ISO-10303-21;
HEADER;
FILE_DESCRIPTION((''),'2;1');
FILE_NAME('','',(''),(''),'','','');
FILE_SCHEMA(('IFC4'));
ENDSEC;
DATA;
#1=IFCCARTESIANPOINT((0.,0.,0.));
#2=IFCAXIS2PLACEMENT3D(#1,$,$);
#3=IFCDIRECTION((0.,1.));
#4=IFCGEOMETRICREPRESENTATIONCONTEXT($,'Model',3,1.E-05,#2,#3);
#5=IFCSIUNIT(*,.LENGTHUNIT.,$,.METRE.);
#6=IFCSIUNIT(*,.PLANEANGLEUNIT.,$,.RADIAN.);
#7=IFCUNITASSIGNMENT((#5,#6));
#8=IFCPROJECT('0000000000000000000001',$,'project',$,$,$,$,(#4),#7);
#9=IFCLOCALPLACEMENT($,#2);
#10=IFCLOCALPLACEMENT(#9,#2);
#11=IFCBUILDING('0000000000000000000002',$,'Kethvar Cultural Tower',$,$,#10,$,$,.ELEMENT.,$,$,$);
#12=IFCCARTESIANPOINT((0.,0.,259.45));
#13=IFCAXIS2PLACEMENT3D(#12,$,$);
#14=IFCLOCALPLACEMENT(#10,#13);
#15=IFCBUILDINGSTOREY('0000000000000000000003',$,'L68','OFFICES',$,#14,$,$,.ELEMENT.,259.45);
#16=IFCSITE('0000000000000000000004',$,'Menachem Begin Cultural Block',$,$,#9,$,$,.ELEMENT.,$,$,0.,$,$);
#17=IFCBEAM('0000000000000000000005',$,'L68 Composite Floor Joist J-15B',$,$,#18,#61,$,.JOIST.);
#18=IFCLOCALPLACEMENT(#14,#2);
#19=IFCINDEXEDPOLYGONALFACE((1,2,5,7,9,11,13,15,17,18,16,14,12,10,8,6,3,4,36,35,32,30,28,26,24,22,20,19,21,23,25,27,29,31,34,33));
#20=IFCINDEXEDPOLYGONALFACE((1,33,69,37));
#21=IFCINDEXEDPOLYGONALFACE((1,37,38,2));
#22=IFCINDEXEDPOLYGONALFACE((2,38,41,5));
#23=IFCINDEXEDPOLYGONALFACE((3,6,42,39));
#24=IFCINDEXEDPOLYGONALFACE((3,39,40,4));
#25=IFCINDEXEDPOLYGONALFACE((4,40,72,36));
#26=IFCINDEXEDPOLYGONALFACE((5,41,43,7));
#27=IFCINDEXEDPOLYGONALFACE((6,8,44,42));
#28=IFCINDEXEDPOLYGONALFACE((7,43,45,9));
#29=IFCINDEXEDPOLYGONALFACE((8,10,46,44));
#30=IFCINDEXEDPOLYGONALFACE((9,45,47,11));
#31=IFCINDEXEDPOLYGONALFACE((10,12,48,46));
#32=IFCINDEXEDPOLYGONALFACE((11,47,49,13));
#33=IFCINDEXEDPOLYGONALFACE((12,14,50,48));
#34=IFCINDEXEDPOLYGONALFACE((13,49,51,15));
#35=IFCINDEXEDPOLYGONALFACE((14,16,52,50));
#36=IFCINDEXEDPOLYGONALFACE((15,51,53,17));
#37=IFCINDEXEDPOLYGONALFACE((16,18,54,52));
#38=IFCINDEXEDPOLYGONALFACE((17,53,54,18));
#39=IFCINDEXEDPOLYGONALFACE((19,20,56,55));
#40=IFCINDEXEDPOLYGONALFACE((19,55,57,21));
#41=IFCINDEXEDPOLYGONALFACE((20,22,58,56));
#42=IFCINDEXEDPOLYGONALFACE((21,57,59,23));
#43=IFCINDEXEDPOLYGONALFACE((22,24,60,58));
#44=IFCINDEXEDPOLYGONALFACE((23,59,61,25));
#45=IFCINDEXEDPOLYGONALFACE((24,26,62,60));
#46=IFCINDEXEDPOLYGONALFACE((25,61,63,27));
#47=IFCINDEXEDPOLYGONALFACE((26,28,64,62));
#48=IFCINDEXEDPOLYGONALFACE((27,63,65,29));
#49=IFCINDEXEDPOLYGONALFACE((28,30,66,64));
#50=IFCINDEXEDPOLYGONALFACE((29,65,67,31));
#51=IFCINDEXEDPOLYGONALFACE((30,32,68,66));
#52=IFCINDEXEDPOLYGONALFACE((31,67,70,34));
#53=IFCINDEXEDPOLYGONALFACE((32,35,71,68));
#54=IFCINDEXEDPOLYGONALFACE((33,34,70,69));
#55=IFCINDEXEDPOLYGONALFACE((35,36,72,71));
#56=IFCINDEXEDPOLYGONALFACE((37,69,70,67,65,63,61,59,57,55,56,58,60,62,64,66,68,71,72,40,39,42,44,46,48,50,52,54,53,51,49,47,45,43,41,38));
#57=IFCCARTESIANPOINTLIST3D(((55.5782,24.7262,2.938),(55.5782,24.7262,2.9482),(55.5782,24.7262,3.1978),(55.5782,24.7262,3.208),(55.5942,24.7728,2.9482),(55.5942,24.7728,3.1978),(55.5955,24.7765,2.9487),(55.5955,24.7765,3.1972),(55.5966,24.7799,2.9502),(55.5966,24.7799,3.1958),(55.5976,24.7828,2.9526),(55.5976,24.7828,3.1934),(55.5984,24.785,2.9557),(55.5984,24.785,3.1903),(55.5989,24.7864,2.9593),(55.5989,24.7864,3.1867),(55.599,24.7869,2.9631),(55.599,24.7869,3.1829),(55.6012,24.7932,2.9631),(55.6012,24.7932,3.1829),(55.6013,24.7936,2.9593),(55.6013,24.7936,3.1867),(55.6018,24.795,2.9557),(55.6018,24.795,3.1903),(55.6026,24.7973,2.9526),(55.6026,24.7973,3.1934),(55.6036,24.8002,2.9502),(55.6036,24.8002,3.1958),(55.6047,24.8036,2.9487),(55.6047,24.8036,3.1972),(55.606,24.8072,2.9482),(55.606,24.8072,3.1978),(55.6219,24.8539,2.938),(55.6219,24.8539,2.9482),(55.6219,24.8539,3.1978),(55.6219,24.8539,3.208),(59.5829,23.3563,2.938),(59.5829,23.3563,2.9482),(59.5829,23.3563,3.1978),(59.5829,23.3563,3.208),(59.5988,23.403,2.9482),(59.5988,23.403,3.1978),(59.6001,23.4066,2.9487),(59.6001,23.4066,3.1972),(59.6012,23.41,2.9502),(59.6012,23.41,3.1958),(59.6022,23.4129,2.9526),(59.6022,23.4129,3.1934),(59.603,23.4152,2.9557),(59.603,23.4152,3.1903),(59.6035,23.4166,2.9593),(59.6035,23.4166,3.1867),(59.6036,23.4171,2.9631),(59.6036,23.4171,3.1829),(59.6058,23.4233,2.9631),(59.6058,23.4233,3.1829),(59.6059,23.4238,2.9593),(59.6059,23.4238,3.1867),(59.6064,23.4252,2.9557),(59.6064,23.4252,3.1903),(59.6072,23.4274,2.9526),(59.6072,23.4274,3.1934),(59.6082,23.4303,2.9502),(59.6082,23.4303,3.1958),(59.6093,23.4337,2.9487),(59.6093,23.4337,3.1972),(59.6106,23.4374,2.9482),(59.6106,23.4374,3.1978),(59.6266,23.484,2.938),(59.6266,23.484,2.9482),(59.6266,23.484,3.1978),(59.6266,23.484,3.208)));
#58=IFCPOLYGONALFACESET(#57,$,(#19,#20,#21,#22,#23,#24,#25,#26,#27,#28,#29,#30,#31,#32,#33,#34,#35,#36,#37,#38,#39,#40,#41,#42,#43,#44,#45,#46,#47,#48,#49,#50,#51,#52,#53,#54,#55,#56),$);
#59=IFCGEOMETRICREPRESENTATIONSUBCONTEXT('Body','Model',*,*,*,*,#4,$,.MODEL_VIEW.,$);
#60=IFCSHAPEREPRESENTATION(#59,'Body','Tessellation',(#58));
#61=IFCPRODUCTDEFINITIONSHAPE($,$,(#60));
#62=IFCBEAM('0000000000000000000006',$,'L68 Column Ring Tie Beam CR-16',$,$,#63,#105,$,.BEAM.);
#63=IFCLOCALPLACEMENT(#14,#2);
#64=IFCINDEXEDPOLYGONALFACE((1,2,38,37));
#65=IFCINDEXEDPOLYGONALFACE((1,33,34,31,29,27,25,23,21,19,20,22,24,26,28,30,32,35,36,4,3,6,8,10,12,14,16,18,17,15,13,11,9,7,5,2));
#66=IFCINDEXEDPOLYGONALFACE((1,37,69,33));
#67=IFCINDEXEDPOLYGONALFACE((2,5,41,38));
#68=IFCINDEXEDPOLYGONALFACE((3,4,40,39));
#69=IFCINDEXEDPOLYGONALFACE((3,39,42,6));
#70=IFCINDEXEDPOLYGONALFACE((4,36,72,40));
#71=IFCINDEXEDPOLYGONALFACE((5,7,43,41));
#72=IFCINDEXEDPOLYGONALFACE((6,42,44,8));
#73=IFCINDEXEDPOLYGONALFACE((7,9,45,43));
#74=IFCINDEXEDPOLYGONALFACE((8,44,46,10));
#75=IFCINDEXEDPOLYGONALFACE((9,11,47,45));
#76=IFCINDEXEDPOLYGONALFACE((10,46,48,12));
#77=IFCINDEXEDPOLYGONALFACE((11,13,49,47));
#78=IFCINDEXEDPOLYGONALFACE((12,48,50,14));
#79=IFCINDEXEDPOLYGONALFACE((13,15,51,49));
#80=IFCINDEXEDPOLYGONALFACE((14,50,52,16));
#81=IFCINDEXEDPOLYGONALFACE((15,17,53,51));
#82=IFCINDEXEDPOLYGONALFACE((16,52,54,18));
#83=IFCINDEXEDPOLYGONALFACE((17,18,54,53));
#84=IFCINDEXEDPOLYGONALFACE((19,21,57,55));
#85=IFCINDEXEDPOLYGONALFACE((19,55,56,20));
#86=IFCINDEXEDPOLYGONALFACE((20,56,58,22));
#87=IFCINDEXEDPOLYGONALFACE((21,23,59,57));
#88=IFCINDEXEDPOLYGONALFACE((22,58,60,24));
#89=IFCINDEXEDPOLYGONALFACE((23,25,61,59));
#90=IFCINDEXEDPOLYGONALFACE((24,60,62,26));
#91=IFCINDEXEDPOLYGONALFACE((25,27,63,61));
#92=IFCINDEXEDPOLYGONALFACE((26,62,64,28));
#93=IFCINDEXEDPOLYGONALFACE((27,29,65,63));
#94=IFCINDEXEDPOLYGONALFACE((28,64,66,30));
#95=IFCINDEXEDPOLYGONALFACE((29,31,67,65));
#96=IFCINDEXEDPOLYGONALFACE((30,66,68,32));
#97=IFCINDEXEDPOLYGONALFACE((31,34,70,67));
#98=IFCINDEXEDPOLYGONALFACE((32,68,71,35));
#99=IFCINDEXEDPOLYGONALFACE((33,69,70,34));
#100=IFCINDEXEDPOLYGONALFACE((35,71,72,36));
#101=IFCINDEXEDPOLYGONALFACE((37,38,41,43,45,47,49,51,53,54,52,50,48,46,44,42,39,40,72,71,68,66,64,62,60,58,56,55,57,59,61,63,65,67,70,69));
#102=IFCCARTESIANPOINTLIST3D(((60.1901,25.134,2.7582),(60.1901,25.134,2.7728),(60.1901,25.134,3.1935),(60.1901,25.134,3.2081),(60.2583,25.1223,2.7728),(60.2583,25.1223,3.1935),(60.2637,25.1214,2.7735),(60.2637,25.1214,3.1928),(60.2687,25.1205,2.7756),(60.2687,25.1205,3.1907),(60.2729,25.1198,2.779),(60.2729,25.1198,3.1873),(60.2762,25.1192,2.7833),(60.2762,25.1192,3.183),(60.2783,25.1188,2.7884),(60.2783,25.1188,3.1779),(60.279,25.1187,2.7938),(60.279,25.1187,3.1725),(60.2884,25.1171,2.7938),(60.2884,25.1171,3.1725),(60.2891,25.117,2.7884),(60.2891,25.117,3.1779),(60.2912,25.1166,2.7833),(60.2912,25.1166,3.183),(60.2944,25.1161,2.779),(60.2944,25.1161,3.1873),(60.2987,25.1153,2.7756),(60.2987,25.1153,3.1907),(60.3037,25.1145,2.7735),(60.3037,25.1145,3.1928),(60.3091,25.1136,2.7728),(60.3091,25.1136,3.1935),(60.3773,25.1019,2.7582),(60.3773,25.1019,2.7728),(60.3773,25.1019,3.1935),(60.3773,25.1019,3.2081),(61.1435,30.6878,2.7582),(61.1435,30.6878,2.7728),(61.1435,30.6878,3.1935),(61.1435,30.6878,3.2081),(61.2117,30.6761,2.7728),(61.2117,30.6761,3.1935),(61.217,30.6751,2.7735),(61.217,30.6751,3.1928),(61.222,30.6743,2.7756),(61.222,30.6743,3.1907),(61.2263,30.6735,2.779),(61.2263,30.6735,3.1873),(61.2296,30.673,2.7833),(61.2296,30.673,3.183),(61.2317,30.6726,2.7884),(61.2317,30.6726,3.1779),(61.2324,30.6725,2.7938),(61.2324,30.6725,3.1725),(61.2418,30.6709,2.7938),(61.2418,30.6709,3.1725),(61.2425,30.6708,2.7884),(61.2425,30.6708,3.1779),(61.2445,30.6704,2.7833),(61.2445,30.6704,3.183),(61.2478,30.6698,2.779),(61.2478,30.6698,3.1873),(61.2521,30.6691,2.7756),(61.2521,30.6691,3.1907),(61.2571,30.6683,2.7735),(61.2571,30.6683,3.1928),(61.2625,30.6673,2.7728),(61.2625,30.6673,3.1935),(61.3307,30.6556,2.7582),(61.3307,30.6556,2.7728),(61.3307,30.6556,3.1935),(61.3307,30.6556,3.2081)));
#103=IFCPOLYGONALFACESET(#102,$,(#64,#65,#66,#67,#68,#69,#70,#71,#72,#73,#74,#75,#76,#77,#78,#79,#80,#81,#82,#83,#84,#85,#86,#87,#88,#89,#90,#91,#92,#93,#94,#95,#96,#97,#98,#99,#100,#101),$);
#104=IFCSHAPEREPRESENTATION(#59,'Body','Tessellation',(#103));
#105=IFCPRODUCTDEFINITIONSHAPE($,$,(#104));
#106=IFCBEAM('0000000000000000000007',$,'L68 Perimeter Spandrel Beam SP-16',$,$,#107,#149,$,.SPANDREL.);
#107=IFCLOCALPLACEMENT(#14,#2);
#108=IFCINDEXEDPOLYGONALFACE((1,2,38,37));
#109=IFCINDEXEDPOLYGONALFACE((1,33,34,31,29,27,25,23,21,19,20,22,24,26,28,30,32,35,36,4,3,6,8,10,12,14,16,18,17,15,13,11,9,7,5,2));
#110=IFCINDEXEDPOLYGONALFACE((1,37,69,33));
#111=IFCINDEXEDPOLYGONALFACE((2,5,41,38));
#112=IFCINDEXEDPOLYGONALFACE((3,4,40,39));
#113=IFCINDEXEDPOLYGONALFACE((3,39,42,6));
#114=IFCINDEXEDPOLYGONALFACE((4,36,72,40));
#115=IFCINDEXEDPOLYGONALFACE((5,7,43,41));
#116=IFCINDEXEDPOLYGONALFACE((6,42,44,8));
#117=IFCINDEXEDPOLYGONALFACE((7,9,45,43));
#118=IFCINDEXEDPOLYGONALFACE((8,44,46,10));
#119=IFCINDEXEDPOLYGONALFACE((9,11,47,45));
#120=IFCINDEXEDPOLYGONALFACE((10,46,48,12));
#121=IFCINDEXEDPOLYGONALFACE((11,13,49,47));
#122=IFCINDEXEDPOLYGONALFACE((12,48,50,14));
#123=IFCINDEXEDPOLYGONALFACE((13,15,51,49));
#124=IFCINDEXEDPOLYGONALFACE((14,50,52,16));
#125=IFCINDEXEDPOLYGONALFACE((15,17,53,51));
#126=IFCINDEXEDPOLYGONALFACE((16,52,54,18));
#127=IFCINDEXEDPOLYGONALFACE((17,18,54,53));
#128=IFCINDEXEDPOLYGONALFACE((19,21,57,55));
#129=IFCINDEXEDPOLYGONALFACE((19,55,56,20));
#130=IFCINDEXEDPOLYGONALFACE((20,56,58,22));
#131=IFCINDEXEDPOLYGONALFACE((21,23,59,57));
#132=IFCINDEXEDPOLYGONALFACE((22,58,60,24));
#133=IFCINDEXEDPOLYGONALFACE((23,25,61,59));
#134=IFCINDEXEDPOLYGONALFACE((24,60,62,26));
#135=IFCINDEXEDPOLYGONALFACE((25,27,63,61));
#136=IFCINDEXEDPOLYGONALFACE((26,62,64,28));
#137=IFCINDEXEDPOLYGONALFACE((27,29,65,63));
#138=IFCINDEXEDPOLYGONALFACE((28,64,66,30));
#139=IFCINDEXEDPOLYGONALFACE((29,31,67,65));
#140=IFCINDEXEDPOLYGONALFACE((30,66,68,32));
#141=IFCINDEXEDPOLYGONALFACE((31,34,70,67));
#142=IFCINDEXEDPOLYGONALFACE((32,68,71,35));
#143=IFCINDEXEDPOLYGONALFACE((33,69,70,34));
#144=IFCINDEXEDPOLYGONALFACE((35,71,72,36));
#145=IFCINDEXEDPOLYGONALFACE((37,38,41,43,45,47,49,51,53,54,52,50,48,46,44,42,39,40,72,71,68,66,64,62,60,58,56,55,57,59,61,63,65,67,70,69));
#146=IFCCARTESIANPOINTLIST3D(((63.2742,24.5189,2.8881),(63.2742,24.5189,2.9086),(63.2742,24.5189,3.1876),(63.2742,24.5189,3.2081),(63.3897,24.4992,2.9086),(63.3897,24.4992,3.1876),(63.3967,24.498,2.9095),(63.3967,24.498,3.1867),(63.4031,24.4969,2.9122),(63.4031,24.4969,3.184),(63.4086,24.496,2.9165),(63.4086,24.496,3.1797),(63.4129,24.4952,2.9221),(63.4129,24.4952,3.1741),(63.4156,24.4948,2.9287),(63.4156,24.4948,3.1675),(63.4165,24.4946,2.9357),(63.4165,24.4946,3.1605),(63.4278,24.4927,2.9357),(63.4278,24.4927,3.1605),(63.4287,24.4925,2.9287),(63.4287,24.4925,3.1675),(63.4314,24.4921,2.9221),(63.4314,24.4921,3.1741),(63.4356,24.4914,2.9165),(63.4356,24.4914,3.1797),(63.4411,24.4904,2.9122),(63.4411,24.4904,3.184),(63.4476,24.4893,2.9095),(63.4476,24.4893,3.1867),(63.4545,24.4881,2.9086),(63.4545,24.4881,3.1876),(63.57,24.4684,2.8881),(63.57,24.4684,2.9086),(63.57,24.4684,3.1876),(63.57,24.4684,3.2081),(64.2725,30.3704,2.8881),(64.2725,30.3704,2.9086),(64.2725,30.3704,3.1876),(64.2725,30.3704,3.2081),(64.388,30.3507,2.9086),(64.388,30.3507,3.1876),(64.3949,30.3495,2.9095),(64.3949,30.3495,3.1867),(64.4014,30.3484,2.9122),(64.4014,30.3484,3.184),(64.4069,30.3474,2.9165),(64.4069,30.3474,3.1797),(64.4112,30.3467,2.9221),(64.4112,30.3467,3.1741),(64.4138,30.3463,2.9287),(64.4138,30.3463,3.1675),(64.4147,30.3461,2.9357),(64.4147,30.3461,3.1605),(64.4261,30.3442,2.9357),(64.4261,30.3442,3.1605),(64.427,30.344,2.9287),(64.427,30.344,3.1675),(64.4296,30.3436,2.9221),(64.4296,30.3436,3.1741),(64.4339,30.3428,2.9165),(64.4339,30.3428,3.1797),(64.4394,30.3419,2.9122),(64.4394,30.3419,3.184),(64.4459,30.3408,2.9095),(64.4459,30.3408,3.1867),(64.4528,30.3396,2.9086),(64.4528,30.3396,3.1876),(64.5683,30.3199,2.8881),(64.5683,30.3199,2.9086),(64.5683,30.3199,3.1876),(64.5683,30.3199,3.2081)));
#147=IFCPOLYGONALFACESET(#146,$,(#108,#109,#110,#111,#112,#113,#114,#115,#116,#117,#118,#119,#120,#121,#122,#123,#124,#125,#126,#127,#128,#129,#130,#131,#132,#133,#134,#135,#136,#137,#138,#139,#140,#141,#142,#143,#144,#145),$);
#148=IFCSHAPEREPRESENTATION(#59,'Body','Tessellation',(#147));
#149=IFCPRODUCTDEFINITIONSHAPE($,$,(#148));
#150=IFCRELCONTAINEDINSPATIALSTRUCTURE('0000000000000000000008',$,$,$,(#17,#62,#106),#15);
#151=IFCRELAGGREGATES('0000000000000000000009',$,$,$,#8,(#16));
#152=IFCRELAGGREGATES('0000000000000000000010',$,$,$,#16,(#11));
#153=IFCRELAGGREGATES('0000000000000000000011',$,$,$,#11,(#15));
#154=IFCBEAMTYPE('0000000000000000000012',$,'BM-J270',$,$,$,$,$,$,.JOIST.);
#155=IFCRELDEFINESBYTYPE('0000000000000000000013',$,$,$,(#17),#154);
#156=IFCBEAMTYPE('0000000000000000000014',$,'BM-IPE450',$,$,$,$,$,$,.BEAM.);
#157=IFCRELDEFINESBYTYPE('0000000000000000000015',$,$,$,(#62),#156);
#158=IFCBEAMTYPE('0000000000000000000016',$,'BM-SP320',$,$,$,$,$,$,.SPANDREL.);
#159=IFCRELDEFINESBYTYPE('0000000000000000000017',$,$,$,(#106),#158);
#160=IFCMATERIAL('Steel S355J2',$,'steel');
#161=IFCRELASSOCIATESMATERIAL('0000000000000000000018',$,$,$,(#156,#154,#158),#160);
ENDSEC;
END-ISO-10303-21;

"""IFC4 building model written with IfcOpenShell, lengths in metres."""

from ifc_helpers import new_model, si_unit, direction, frame, origin, origin_2d, place, context, subcontext, project, spatial, i_section, extrude, source, transform, mapped, material, material_profile, profile_set, type_object, element, save


model = new_model("IFC4")

# Units and contexts
model_context = context("Model", 3, precision=1e-05, world=origin(), true_north=direction((0.0, 1.0)))
body_context = subcontext(model_context, "Body", "Model", "MODEL_VIEW")
ifc_project = project(units=[si_unit("LENGTHUNIT", "METRE"), si_unit("PLANEANGLEUNIT", "RADIAN")], contexts=[model_context])

# Site, building, storey
site_placement = place(None, origin())
site = spatial("IfcSite", under=ifc_project, at=site_placement, Name="Menachem Begin Cultural Block", CompositionType="ELEMENT", RefElevation=0.0)
building_placement = place(site_placement, origin())
building = spatial("IfcBuilding", under=site, at=building_placement, Name="Kethvar Cultural Tower", CompositionType="ELEMENT")
storey_placement = place(building_placement, frame((0.0, 0.0, 259.45)))
storey = spatial("IfcBuildingStorey", under=building, at=storey_placement, Name="L68", Description="OFFICES", CompositionType="ELEMENT", Elevation=259.45)

# Beams
ifc_material_1 = material(Name="Steel S355J2", Category="steel")
ifc_material_profile_1 = material_profile(ifc_material_1, i_section(OverallWidth=0.1899, OverallDepth=0.45, WebThickness=0.0095, FlangeThickness=0.0146, FilletRadius=0.021, at=origin_2d()), Name="Steel S355J2 — IPE450")
ifc_profile_set_1 = profile_set([ifc_material_profile_1], Name="Steel S355J2 — IPE450")
beam_type_1 = type_object("IfcBeamType", Name="BM-IPE450", PredefinedType="BEAM", material=ifc_profile_set_1)
ifc_material_profile_2 = material_profile(ifc_material_1, i_section(OverallWidth=0.135, OverallDepth=0.27, WebThickness=0.0066, FlangeThickness=0.0103, FilletRadius=0.0149, at=origin_2d()), Name="Steel S355J2 — IPE270")
ifc_profile_set_2 = profile_set([ifc_material_profile_2], Name="Steel S355J2 — IPE270")
beam_type_2 = type_object("IfcBeamType", Name="BM-J270", PredefinedType="JOIST", material=ifc_profile_set_2)
shared_shape_1 = source(origin(), body_context, "Body", "SweptSolid", [
    extrude(i_section(OverallWidth=0.135, OverallDepth=0.27, WebThickness=0.0066, FlangeThickness=0.0103, FilletRadius=0.0149, at=origin_2d()), origin(), (0.0, 0.0, 1.0), 4.2324),
])
beam_1_placement = place(storey_placement, frame((55.6001, 24.79, 3.073), z_axis=(0.946174, -0.323659, 0.0), x_axis=(0.323659, 0.946174, 0.0)))
element("IfcBeam", 1, at=beam_1_placement, inside=storey, type_object=beam_type_2, Name="L68 Composite Floor Joist J-15B", PredefinedType="JOIST", context=body_context, shape_type="MappedRepresentation", body=[
    mapped(shared_shape_1, transform((0.0, 0.0, 0.0), scale=1.0)),
])
shared_shape_2 = source(origin(), body_context, "Body", "SweptSolid", [
    extrude(i_section(OverallWidth=0.1899, OverallDepth=0.45, WebThickness=0.0095, FlangeThickness=0.0146, FilletRadius=0.021, at=origin_2d()), origin(), (0.0, 0.0, 1.0), 5.635),
])
beam_2_placement = place(storey_placement, frame((60.2837, 25.1179, 2.9832), z_axis=(0.169189, 0.985584, 0.0), x_axis=(-0.985584, 0.169189, 0.0)))
element("IfcBeam", 2, at=beam_2_placement, inside=storey, type_object=beam_type_1, Name="L68 Column Ring Tie Beam CR-16", PredefinedType="BEAM", context=body_context, shape_type="MappedRepresentation", body=[
    mapped(shared_shape_2, transform((0.0, 0.0, 0.0), scale=1.0)),
])
ifc_material_profile_3 = material_profile(ifc_material_1, i_section(OverallWidth=0.3, OverallDepth=0.3201, WebThickness=0.0115, FlangeThickness=0.0205, FilletRadius=0.0271, at=origin_2d()), Name="Steel S355J2 — HEB320")
ifc_profile_set_3 = profile_set([ifc_material_profile_3], Name="Steel S355J2 — HEB320")
beam_type_3 = type_object("IfcBeamType", Name="BM-SP320", PredefinedType="SPANDREL", material=ifc_profile_set_3)
shared_shape_3 = source(origin(), body_context, "Body", "SweptSolid", [
    extrude(i_section(OverallWidth=0.3, OverallDepth=0.3201, WebThickness=0.0115, FlangeThickness=0.0205, FilletRadius=0.0271, at=origin_2d()), origin(), (0.0, 0.0, 1.0), 5.936),
])
beam_3_placement = place(storey_placement, frame((63.4221, 24.4937, 3.0481), z_axis=(0.168173, 0.985758, 0.0), x_axis=(-0.985758, 0.168173, 0.0)))
element("IfcBeam", 3, at=beam_3_placement, inside=storey, type_object=beam_type_3, Name="L68 Perimeter Spandrel Beam SP-16", PredefinedType="SPANDREL", context=body_context, shape_type="MappedRepresentation", body=[
    mapped(shared_shape_3, transform((0.0, 0.0, 0.0), scale=1.0)),
])

save(model, "model.ifc")
